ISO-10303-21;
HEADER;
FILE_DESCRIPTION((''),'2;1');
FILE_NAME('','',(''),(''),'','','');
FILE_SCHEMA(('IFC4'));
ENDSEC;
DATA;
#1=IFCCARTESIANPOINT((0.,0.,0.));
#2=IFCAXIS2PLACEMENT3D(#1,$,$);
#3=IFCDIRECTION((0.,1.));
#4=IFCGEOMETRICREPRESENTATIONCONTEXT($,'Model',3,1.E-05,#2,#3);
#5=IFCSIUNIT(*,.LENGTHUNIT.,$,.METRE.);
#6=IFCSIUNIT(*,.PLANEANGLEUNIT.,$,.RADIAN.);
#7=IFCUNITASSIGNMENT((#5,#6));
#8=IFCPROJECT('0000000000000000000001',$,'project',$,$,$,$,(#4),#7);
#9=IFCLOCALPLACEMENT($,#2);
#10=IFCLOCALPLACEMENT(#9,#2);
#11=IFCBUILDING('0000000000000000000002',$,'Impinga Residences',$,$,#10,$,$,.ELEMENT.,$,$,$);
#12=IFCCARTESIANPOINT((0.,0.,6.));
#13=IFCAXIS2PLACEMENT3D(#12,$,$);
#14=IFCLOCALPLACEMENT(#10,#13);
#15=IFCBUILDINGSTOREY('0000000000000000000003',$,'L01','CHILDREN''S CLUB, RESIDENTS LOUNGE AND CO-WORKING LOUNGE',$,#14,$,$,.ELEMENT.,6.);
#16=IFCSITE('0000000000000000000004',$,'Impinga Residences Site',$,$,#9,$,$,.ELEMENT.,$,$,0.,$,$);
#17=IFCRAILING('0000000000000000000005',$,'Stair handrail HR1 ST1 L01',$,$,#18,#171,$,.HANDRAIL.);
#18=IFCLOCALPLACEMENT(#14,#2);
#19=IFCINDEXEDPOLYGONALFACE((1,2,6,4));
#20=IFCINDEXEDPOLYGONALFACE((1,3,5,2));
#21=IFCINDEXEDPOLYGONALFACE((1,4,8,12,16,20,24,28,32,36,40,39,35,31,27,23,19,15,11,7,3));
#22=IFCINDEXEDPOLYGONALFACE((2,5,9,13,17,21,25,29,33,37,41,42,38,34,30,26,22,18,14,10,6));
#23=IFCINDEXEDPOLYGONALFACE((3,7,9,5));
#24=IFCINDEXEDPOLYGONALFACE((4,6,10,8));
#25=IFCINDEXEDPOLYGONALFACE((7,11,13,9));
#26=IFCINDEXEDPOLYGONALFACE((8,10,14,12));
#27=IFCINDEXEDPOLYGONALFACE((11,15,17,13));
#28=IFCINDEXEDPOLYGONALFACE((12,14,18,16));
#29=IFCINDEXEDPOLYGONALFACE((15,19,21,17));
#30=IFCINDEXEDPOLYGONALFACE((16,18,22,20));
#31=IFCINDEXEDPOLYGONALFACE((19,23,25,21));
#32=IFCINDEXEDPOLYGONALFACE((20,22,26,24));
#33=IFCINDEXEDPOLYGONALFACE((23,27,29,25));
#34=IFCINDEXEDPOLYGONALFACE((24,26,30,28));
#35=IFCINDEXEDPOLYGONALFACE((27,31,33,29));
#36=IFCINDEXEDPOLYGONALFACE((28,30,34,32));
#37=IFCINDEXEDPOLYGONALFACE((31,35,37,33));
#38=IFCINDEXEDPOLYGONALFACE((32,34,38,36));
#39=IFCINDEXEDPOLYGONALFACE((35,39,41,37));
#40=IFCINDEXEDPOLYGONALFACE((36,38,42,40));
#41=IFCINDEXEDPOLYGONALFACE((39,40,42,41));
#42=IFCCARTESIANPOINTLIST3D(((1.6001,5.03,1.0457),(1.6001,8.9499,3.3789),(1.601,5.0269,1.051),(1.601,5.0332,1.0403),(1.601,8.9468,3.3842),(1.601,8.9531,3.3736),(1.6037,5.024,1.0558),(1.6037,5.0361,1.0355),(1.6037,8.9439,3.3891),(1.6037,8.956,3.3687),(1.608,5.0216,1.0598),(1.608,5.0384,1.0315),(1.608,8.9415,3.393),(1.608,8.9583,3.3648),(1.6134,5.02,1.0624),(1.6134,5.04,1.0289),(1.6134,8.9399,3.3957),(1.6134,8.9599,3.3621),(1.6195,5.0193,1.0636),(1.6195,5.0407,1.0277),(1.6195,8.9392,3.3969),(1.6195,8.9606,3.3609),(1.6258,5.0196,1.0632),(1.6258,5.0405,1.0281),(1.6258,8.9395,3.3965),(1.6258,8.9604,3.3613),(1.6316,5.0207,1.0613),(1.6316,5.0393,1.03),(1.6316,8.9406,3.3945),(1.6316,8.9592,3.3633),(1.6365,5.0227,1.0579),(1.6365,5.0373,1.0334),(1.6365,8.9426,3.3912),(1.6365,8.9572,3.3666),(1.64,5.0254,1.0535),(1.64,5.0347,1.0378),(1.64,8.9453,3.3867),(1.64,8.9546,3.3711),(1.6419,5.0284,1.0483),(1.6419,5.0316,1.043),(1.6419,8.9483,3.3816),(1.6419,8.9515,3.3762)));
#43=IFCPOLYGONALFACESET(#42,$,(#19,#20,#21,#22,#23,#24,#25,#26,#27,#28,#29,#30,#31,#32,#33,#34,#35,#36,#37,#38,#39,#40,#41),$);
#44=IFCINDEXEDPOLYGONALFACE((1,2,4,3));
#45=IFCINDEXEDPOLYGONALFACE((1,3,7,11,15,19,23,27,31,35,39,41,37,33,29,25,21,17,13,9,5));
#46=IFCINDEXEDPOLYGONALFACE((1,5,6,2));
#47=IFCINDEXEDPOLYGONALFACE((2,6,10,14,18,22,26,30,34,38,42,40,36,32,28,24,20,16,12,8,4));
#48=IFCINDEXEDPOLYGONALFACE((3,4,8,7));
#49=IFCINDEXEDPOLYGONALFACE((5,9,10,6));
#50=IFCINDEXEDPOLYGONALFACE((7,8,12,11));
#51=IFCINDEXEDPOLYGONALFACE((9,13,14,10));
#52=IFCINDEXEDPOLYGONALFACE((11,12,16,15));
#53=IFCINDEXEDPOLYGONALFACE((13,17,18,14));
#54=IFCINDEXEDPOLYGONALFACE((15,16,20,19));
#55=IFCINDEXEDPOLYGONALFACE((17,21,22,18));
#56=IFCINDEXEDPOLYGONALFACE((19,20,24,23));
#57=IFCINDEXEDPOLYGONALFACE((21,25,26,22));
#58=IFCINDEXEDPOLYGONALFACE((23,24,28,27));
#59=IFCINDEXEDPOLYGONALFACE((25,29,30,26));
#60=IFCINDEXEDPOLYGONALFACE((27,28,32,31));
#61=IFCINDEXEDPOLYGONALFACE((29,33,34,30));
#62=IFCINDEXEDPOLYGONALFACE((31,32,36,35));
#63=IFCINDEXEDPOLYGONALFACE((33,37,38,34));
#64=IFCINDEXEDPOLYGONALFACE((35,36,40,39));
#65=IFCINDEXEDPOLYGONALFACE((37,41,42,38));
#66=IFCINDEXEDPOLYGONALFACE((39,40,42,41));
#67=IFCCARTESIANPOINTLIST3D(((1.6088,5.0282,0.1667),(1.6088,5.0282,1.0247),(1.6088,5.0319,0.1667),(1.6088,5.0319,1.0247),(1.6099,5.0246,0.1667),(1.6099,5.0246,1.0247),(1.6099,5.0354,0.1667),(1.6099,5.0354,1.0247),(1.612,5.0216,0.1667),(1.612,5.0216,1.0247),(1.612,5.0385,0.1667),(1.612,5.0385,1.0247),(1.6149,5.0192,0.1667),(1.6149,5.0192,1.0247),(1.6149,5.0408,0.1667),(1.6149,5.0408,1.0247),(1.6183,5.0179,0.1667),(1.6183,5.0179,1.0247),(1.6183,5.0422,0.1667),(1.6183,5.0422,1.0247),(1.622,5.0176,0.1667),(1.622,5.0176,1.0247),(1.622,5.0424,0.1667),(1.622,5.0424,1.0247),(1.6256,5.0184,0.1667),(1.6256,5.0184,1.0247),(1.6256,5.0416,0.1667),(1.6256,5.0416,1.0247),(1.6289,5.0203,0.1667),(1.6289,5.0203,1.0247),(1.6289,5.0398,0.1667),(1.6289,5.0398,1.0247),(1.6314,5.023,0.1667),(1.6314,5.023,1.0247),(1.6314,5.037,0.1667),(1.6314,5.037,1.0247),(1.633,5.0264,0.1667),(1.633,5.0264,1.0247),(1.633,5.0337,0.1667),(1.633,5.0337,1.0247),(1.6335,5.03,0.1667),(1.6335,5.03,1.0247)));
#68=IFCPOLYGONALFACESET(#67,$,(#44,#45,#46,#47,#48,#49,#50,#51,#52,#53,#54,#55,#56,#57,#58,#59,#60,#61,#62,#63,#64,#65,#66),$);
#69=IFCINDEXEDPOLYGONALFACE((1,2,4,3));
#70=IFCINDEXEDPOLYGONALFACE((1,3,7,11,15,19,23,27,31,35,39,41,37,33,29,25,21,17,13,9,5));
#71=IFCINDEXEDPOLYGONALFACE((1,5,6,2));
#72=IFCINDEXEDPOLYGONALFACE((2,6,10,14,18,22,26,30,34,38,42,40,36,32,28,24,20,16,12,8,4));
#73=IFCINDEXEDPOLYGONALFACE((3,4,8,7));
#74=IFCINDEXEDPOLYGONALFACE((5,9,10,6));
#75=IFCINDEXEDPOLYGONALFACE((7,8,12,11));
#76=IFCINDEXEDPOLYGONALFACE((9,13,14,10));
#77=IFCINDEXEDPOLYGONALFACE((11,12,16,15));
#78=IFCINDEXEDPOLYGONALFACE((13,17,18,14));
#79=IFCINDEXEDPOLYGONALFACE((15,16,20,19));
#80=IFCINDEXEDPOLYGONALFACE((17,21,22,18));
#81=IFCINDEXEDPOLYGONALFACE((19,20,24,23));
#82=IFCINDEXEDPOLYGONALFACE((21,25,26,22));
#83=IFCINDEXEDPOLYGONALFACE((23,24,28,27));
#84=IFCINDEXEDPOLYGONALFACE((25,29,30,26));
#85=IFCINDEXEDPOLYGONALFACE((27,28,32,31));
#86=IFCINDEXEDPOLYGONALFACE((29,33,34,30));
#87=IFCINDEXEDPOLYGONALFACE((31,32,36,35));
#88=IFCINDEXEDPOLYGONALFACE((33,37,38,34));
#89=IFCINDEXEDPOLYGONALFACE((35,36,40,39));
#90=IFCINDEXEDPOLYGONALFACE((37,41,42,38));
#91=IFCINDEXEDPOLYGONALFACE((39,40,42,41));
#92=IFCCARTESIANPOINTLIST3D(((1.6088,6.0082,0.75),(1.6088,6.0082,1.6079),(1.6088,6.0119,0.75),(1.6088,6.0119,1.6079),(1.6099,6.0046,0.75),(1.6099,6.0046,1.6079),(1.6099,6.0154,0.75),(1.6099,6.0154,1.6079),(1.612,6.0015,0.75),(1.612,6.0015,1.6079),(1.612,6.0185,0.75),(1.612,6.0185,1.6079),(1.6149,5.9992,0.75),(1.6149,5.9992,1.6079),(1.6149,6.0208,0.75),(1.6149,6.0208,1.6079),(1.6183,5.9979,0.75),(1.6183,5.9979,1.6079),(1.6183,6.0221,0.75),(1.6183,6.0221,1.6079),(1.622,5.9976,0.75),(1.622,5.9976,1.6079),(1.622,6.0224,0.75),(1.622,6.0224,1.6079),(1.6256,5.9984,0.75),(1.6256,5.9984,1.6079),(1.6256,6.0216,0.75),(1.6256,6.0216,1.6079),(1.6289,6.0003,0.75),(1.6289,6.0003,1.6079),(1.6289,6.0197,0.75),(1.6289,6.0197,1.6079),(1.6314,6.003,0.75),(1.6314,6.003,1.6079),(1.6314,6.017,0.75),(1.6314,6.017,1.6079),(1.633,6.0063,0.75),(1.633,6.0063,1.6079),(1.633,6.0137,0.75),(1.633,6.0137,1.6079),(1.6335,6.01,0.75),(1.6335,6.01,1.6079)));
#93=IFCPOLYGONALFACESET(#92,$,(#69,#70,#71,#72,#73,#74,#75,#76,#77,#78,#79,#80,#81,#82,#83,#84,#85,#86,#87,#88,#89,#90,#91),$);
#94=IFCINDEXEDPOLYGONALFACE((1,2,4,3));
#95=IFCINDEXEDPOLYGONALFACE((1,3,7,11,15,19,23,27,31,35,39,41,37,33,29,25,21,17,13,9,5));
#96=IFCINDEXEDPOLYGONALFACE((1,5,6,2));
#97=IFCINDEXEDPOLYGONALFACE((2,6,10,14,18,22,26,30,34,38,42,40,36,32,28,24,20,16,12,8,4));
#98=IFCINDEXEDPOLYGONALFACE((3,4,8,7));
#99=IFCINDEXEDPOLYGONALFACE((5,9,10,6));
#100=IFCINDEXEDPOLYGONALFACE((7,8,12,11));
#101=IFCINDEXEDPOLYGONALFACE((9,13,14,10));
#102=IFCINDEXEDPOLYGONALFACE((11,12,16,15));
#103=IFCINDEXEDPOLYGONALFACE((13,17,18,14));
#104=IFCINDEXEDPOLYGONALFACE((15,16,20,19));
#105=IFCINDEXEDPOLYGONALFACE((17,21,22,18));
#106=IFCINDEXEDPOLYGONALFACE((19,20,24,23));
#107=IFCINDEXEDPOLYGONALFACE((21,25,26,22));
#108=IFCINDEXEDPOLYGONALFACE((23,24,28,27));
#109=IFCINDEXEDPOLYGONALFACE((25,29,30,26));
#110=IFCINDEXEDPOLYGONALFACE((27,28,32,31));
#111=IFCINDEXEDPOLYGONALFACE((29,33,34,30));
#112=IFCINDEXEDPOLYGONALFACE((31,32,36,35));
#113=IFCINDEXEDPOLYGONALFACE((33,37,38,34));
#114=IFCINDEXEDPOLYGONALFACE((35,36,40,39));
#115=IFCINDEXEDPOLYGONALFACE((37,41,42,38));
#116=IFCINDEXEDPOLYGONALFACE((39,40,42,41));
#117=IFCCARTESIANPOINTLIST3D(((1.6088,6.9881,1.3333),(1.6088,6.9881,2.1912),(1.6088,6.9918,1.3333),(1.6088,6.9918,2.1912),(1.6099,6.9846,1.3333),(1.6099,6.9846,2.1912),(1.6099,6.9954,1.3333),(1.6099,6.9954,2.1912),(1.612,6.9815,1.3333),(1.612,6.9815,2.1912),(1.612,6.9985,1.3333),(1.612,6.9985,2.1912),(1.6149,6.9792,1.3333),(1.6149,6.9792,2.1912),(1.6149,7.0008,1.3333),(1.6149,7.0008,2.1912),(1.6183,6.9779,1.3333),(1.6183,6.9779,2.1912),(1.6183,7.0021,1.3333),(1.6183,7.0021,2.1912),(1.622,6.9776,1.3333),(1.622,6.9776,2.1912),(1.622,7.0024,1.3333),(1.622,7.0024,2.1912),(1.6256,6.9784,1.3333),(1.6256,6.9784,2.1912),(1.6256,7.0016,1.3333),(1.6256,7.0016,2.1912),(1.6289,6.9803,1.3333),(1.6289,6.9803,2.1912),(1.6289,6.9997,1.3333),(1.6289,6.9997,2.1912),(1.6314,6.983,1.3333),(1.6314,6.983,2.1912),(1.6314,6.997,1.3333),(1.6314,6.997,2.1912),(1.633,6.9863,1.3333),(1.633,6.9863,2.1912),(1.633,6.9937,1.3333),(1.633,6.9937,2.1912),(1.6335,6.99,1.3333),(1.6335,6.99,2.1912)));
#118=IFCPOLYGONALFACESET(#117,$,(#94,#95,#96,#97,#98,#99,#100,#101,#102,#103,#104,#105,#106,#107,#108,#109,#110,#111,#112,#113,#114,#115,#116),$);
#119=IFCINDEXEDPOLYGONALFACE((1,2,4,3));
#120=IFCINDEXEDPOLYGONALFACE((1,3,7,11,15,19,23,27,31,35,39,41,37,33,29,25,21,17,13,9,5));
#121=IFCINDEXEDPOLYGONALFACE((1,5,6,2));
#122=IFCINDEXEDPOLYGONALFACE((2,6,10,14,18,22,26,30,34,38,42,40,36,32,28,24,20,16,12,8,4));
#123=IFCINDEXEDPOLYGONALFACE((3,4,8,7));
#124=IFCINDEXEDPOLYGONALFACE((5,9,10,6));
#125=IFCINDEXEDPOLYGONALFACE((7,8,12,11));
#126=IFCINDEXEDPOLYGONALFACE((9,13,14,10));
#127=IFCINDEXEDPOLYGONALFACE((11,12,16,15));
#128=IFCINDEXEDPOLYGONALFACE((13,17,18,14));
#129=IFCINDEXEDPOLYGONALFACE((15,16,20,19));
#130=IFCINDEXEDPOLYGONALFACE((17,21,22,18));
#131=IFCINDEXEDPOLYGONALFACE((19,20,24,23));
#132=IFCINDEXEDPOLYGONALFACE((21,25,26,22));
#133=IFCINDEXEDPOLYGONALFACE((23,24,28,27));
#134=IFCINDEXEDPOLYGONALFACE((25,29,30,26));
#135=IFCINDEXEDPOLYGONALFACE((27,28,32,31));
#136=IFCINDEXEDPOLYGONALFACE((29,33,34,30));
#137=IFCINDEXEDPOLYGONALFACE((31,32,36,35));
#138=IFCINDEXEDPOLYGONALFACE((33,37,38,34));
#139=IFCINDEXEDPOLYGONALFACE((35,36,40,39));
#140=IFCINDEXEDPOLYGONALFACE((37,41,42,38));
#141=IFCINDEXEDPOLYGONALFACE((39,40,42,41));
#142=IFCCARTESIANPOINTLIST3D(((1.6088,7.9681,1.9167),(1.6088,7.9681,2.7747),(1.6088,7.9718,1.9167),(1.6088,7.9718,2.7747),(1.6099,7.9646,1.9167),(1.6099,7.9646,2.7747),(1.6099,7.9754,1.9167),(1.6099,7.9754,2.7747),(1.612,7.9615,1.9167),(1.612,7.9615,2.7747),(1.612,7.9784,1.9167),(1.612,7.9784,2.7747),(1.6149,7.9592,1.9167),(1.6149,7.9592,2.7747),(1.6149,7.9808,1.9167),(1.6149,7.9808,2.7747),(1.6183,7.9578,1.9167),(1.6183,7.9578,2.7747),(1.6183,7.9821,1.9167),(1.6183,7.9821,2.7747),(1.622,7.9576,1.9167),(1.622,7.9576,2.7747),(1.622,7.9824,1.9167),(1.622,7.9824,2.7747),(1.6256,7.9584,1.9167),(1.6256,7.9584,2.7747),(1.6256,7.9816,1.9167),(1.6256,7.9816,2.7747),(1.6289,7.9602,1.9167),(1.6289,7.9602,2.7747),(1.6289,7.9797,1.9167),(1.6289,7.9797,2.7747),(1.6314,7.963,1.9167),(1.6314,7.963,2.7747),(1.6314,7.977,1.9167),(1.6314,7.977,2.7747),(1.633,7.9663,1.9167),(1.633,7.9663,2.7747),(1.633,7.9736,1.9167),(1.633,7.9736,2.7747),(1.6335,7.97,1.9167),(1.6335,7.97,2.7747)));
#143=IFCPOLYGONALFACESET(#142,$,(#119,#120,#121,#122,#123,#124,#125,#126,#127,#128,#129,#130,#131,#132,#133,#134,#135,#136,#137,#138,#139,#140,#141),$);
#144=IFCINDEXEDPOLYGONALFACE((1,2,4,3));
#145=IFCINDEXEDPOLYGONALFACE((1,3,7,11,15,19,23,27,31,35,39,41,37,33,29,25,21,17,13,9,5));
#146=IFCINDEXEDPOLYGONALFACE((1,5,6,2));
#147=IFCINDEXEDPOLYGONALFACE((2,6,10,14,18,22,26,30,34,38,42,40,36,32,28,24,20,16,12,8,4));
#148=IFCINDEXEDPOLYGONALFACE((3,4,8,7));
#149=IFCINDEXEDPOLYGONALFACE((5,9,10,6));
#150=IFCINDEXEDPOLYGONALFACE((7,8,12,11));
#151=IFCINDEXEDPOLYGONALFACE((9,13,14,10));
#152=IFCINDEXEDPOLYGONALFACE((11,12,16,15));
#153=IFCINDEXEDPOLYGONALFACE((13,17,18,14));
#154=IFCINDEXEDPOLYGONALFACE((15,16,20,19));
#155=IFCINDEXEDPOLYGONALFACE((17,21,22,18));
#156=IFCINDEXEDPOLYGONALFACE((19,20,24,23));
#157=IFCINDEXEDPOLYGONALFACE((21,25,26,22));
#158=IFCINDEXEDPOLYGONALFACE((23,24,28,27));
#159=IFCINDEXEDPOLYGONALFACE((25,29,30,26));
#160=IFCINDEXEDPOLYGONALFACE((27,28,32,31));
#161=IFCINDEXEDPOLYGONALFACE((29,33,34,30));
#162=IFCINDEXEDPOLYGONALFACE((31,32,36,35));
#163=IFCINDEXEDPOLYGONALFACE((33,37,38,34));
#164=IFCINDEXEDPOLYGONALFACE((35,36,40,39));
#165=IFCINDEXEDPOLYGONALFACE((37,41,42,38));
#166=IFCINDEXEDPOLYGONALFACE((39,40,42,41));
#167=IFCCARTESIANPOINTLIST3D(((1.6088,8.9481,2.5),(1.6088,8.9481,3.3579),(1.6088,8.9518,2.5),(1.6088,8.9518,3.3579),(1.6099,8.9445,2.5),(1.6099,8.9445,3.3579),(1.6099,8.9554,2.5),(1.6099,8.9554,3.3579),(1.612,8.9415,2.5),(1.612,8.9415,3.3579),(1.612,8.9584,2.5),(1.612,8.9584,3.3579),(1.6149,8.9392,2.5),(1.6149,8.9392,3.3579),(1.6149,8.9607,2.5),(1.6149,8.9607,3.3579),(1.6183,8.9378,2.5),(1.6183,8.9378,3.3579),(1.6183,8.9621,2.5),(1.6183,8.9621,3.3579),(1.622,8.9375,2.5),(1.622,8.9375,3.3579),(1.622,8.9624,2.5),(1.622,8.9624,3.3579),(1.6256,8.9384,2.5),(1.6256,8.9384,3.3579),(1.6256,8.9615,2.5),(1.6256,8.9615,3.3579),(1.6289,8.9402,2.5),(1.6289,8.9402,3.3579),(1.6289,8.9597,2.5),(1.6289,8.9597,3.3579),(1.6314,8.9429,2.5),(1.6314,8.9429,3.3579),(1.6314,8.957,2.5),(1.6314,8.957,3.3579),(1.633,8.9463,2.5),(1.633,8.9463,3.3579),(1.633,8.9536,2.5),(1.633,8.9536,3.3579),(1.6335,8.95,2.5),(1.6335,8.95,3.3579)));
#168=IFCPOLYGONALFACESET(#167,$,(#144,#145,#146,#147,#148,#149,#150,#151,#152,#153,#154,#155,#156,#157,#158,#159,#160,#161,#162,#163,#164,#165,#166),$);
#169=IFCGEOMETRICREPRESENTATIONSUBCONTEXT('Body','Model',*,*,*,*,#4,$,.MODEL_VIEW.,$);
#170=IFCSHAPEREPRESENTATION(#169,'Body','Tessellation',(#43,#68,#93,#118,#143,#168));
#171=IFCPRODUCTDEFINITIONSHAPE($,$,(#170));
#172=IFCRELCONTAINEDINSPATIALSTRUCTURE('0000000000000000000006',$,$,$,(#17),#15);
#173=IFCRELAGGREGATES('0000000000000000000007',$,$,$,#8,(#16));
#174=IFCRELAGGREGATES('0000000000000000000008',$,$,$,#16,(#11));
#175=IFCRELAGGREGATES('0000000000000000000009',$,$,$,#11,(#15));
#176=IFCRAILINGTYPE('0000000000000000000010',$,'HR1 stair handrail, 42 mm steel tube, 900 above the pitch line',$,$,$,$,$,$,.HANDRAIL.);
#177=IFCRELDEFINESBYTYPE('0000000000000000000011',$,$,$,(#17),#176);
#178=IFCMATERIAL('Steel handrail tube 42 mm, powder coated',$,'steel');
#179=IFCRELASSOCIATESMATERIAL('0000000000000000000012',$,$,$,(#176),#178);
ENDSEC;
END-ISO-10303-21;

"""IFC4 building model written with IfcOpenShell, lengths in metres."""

from ifc_helpers import new_model, si_unit, direction, frame, origin, origin_2d, place, context, subcontext, project, spatial, circle, extrude, material, type_object, element, save


model = new_model("IFC4")

# Units and contexts
model_context = context("Model", 3, precision=1e-05, world=origin(), true_north=direction((0.0, 1.0)))
body_context = subcontext(model_context, "Body", "Model", "MODEL_VIEW")
ifc_project = project(units=[si_unit("LENGTHUNIT", "METRE"), si_unit("PLANEANGLEUNIT", "RADIAN")], contexts=[model_context])

# Site, building, storey
site_placement = place(None, origin())
site = spatial("IfcSite", under=ifc_project, at=site_placement, Name="Impinga Residences Site", CompositionType="ELEMENT", RefElevation=0.0)
building_placement = place(site_placement, origin())
building = spatial("IfcBuilding", under=site, at=building_placement, Name="Impinga Residences", CompositionType="ELEMENT")
storey_placement = place(building_placement, frame((0.0, 0.0, 6.0)))
storey = spatial("IfcBuildingStorey", under=building, at=storey_placement, Name="L01", Description="CHILDREN'S CLUB, RESIDENTS LOUNGE AND CO-WORKING LOUNGE", CompositionType="ELEMENT", Elevation=6.0)

# Railing
ifc_material_1 = material(Name="Steel handrail tube 42 mm, powder coated", Category="steel")
railing_type = type_object("IfcRailingType", Name="HR1 stair handrail, 42 mm steel tube, 900 above the pitch line", PredefinedType="HANDRAIL", material=ifc_material_1)
railing_placement = place(storey_placement, frame((1.6211, 5.03, 0.1667)))
element("IfcRailing", 1, at=railing_placement, inside=storey, type_object=railing_type, Name="Stair handrail HR1 ST1 L01", PredefinedType="HANDRAIL", context=body_context, shape_type="SweptSolid", body=[
    extrude(circle(Radius=0.021, at=origin_2d()), frame((0.0, 0.0, 0.8789), z_axis=(0.0, 0.859296, 0.511478), x_axis=(-1.0, 0.0, 0.0)), (0.0, 0.0, 1.0), 4.5618),
    extrude(circle(Radius=0.0125, at=origin_2d()), origin(), (0.0, 0.0, 1.0), 0.8579),
    extrude(circle(Radius=0.0125, at=origin_2d()), frame((0.0, 0.98, 0.5833)), (0.0, 0.0, 1.0), 0.8579),
    extrude(circle(Radius=0.0125, at=origin_2d()), frame((0.0, 1.96, 1.1665)), (0.0, 0.0, 1.0), 0.8579),
    extrude(circle(Radius=0.0125, at=origin_2d()), frame((0.0, 2.9399, 1.75)), (0.0, 0.0, 1.0), 0.8579),
    extrude(circle(Radius=0.0125, at=origin_2d()), frame((0.0, 3.9199, 2.3333)), (0.0, 0.0, 1.0), 0.8579),
])

save(model, "model.ifc")
